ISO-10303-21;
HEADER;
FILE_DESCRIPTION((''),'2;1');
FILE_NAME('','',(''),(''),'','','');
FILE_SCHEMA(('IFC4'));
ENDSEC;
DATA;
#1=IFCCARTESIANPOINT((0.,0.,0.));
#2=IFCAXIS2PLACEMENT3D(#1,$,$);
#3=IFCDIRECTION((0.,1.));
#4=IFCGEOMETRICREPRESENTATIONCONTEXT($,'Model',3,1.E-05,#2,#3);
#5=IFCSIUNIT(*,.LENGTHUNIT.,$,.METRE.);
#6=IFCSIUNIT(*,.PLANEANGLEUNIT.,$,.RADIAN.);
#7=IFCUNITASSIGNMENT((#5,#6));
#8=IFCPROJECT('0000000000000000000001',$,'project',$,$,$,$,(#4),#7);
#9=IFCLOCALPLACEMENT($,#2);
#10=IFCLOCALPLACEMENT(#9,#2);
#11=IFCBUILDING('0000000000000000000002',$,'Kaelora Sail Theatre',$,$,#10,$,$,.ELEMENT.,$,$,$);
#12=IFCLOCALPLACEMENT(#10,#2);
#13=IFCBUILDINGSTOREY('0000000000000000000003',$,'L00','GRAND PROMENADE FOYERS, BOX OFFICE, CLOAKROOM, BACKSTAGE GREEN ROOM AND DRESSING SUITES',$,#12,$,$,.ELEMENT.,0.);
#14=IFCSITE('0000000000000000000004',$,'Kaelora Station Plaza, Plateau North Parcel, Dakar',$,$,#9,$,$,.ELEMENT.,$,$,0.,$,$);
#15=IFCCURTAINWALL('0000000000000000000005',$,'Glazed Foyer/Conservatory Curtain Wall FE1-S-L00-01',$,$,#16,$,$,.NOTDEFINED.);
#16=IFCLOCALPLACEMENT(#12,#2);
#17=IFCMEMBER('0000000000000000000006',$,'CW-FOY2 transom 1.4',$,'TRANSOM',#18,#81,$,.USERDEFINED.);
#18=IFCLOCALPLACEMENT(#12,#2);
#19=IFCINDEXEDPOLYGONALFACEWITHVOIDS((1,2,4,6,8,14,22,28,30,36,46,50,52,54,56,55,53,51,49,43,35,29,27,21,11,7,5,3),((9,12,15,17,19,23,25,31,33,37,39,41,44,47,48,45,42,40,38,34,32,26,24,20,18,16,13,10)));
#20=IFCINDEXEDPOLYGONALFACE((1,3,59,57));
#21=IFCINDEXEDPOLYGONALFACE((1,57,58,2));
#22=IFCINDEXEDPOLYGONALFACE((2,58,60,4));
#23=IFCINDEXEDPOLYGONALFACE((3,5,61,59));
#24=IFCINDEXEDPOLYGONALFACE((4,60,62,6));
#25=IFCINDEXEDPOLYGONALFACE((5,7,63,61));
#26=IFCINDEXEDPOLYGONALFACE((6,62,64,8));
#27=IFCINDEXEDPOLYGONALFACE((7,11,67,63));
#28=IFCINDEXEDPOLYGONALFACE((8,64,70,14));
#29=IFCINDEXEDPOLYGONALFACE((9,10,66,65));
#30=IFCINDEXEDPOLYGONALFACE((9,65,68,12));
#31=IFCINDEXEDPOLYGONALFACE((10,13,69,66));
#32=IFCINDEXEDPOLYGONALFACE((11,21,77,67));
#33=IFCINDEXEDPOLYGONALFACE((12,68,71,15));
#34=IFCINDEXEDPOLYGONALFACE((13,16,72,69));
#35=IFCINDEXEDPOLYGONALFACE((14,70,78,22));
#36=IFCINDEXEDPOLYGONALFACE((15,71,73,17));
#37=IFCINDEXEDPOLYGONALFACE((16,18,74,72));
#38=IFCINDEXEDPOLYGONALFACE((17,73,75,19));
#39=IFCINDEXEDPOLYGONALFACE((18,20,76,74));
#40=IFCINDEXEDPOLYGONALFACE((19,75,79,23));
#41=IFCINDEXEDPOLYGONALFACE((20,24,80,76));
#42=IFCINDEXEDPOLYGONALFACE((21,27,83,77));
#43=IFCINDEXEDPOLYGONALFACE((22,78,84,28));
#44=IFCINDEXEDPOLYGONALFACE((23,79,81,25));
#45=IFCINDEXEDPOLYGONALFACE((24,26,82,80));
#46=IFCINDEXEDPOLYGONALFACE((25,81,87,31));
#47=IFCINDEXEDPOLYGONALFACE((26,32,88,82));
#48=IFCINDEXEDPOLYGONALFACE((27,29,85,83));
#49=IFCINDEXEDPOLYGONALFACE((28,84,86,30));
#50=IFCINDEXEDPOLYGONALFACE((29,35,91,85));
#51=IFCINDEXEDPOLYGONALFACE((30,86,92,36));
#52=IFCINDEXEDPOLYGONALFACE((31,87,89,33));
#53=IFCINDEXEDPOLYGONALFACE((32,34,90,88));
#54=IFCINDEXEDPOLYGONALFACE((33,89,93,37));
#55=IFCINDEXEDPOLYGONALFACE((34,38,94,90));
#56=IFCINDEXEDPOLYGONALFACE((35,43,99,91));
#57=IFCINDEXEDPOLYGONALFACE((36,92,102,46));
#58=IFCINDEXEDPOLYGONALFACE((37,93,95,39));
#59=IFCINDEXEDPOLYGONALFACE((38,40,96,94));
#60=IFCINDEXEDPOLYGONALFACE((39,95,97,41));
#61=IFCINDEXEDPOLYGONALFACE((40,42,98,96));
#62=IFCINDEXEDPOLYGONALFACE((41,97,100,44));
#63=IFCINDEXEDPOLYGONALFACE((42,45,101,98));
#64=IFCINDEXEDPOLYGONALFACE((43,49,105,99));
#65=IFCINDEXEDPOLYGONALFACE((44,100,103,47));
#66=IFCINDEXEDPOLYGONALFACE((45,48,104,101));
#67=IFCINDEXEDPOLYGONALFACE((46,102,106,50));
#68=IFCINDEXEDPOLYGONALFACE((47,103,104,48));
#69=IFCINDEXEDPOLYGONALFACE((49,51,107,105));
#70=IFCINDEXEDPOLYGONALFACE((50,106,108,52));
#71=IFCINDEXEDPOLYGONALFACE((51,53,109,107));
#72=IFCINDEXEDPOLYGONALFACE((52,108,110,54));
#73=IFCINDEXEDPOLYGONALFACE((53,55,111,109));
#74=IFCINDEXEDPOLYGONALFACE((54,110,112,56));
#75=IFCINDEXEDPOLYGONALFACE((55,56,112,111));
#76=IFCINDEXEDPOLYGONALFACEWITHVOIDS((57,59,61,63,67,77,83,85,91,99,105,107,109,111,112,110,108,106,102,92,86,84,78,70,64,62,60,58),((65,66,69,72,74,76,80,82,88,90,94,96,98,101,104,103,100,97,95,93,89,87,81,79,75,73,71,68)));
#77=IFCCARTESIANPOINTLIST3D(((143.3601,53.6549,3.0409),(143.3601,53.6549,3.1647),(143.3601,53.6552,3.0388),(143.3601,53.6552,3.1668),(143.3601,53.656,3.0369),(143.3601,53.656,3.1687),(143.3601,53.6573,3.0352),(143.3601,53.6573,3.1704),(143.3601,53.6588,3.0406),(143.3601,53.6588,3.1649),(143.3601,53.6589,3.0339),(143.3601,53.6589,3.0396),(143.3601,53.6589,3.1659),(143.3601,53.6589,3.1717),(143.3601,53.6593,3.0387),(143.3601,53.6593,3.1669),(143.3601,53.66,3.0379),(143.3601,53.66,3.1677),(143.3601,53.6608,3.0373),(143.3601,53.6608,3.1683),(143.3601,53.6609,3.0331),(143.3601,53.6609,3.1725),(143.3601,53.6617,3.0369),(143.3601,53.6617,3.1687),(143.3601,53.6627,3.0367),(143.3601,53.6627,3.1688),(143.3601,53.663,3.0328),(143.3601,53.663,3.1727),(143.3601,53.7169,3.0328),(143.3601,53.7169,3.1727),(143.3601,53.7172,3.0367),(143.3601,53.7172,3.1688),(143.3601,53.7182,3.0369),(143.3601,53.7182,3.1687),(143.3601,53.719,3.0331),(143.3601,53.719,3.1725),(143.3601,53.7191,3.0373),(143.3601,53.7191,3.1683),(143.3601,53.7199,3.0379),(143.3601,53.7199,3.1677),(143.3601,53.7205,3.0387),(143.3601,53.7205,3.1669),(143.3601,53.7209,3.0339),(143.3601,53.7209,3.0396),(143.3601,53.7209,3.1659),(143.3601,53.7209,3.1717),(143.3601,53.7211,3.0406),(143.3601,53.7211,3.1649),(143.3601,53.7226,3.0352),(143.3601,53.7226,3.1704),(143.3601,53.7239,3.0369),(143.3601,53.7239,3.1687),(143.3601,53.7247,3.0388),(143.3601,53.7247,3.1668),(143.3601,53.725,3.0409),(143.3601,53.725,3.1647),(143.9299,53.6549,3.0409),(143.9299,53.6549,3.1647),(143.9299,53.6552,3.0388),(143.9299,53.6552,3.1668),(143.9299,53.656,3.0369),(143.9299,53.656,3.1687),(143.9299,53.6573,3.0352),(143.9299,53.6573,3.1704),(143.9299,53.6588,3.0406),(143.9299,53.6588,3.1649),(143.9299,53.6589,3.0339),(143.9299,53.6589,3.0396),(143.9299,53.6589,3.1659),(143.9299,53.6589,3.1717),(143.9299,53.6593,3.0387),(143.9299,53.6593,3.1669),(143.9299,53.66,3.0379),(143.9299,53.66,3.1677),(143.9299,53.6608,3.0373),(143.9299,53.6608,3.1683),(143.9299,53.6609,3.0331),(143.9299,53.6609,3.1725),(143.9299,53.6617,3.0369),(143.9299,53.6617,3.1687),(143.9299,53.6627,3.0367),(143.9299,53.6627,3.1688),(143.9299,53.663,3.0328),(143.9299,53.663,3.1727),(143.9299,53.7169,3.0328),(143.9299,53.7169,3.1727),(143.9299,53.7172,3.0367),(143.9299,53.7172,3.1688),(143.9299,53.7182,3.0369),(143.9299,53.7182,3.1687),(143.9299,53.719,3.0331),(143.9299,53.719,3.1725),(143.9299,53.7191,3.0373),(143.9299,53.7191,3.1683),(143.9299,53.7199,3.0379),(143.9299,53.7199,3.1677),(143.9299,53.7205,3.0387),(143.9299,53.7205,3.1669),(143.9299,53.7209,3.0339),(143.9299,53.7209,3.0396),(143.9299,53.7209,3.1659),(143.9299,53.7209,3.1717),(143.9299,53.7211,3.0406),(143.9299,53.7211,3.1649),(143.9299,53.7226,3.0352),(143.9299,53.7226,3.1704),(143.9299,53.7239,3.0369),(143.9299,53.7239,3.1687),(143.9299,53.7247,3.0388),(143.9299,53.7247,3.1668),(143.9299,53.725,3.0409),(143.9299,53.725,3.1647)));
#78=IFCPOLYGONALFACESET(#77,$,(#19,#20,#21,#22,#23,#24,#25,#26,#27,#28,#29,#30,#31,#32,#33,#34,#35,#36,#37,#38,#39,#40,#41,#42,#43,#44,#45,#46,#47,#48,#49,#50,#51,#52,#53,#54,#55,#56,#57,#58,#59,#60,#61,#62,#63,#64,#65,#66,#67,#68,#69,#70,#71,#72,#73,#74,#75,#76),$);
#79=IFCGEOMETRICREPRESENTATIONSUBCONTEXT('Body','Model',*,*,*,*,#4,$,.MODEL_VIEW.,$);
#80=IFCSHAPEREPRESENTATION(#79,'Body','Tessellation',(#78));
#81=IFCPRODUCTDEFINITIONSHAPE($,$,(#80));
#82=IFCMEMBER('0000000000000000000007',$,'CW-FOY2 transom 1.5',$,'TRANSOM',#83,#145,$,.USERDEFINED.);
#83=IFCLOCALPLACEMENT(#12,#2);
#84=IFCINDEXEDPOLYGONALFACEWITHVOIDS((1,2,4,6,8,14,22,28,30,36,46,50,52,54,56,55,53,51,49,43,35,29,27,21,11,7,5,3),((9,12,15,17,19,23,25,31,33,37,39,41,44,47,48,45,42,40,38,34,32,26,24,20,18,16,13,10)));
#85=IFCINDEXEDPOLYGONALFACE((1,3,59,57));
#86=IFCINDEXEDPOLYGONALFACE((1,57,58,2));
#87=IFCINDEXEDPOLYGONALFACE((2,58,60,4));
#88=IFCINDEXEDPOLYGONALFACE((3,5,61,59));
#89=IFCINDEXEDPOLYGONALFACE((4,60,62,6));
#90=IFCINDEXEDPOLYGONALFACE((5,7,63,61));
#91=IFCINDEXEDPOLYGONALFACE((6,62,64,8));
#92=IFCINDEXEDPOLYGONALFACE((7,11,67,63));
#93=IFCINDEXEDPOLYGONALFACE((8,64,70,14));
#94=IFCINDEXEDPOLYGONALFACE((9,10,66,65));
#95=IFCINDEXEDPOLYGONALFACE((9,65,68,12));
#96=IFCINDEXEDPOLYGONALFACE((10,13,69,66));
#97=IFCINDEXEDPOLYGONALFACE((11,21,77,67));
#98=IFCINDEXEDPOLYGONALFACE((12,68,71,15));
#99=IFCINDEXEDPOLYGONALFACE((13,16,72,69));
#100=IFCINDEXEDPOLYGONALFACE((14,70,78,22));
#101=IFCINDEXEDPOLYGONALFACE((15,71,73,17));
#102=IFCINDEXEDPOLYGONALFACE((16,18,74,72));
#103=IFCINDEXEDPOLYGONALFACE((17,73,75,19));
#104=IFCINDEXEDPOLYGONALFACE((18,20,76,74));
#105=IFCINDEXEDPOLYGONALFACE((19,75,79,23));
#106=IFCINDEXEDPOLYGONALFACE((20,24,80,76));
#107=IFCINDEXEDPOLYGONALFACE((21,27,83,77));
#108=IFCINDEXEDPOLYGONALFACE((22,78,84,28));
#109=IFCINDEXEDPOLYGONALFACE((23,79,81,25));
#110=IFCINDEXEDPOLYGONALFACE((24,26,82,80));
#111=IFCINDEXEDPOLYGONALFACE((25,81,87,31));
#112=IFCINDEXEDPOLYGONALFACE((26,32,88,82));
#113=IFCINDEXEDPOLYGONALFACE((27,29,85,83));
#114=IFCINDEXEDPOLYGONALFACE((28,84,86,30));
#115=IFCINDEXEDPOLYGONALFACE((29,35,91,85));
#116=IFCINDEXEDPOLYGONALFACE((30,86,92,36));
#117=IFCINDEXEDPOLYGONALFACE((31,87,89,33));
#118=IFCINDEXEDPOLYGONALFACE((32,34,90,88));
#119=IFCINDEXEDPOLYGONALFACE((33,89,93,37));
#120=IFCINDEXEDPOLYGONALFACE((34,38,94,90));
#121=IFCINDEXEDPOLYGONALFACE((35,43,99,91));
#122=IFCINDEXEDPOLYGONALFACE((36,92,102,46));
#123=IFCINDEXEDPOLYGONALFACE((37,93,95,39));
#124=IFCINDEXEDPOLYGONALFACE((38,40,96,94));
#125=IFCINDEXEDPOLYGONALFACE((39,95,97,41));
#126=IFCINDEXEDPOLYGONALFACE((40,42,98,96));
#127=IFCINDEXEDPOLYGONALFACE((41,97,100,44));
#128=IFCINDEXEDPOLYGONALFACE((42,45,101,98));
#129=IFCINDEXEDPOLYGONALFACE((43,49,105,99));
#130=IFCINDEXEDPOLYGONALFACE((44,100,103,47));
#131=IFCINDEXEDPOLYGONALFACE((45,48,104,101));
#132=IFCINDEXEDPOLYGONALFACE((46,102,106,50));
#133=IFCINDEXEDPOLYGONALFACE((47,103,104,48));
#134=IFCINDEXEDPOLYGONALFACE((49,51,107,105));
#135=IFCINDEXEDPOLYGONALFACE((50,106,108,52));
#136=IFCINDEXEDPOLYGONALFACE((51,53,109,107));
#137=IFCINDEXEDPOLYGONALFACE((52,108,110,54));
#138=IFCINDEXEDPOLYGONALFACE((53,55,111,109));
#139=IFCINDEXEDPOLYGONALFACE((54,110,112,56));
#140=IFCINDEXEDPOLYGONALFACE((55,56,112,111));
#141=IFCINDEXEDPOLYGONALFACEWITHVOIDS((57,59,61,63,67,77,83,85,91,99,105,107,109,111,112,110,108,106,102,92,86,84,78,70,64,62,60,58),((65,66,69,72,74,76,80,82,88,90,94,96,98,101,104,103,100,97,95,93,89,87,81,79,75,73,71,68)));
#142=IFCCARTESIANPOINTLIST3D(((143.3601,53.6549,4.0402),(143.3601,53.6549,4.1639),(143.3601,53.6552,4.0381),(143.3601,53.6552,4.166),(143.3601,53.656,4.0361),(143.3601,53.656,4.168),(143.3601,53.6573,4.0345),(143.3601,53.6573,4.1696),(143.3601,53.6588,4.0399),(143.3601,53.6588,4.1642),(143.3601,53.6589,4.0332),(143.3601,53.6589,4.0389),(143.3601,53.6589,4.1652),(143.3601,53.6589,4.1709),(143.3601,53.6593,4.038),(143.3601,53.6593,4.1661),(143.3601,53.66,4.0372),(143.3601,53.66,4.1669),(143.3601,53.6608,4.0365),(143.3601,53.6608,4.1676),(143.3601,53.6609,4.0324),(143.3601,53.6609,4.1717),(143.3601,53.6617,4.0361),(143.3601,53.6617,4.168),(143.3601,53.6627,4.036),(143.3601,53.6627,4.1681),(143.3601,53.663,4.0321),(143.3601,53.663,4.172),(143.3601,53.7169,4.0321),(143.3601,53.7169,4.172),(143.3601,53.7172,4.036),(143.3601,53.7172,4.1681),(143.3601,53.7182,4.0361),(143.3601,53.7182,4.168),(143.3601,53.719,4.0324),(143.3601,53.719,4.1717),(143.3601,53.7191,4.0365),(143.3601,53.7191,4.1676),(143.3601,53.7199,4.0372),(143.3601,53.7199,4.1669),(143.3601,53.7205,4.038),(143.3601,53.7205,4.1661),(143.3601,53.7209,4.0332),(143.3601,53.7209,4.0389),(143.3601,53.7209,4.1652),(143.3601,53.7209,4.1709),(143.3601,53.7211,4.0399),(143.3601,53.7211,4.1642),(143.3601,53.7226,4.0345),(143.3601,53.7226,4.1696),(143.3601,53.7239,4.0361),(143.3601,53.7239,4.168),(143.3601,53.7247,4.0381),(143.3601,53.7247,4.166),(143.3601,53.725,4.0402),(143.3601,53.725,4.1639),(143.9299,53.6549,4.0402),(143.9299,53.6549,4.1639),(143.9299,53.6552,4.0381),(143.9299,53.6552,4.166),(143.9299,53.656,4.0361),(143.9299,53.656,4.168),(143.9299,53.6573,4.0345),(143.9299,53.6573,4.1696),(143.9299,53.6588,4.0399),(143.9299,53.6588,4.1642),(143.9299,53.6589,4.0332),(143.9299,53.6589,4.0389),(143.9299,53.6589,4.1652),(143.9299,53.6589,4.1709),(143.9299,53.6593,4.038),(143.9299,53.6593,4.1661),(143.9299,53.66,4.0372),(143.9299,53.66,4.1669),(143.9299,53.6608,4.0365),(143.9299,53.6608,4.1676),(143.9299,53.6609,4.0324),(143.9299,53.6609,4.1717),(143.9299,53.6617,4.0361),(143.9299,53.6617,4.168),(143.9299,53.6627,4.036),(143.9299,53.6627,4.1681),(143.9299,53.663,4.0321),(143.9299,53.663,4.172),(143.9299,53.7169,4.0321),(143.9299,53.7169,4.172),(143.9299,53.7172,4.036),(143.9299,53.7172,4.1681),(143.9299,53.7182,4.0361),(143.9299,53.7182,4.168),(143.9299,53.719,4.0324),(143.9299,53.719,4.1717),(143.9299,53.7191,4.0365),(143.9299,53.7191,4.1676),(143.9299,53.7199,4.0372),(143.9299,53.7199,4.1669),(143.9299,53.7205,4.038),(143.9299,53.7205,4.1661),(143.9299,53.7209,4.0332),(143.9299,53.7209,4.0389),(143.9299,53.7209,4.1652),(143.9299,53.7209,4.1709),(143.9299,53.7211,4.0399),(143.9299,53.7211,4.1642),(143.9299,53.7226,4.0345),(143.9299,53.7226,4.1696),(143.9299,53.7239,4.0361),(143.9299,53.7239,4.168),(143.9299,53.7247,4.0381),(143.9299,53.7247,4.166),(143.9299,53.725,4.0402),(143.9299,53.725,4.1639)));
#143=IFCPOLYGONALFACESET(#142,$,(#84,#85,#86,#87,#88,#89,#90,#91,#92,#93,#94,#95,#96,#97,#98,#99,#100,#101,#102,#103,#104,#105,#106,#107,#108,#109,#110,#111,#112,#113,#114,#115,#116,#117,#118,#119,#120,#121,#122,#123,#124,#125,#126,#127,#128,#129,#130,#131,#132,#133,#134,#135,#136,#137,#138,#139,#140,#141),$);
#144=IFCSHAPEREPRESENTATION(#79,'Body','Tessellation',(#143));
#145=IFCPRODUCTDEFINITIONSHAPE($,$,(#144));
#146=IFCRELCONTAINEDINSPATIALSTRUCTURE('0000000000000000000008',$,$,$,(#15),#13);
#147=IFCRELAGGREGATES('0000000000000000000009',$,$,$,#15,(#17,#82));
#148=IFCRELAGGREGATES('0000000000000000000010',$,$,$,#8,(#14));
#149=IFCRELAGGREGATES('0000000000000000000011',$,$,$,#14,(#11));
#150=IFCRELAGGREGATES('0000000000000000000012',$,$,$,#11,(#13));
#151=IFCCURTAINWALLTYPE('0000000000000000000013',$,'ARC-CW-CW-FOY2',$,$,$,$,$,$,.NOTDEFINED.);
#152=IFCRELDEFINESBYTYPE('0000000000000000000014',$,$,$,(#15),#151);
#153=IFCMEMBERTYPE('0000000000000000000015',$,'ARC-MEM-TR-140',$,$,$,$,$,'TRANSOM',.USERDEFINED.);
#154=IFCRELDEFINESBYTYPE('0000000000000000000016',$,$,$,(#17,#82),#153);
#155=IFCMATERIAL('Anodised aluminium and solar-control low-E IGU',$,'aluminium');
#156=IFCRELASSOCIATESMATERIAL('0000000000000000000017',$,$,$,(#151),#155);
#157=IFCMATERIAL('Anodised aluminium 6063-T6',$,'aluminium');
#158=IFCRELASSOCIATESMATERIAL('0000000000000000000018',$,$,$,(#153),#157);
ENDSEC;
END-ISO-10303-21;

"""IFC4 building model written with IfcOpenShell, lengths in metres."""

from ifc_helpers import new_model, si_unit, direction, frame, origin, origin_2d, place, context, subcontext, project, spatial, hollow_rectangle, extrude, material, material_profile, profile_set, type_object, element, aggregate, save


model = new_model("IFC4")

# Units and contexts
model_context = context("Model", 3, precision=1e-05, world=origin(), true_north=direction((0.0, 1.0)))
body_context = subcontext(model_context, "Body", "Model", "MODEL_VIEW")
ifc_project = project(units=[si_unit("LENGTHUNIT", "METRE"), si_unit("PLANEANGLEUNIT", "RADIAN")], contexts=[model_context])

# Site, building, storey
site_placement = place(None, origin())
site = spatial("IfcSite", under=ifc_project, at=site_placement, Name="Kaelora Station Plaza, Plateau North Parcel, Dakar", CompositionType="ELEMENT", RefElevation=0.0)
building_placement = place(site_placement, origin())
building = spatial("IfcBuilding", under=site, at=building_placement, Name="Kaelora Sail Theatre", CompositionType="ELEMENT")
storey_placement = place(building_placement, origin())
storey = spatial("IfcBuildingStorey", under=building, at=storey_placement, Name="L00", Description="GRAND PROMENADE FOYERS, BOX OFFICE, CLOAKROOM, BACKSTAGE GREEN ROOM AND DRESSING SUITES", CompositionType="ELEMENT", Elevation=0.0)

# Curtain wall, members
ifc_material_1 = material(Name="Anodised aluminium and solar-control low-E IGU", Category="aluminium")
curtain_wall_type = type_object("IfcCurtainWallType", Name="ARC-CW-CW-FOY2", PredefinedType="NOTDEFINED", material=ifc_material_1)
curtain_wall_placement = place(storey_placement, origin())
curtain_wall = element("IfcCurtainWall", 1, at=curtain_wall_placement, inside=storey, type_object=curtain_wall_type, Name="Glazed Foyer/Conservatory Curtain Wall FE1-S-L00-01", PredefinedType="NOTDEFINED")
ifc_material_2 = material(Name="Anodised aluminium 6063-T6", Category="aluminium")
ifc_material_profile_1 = material_profile(ifc_material_2, hollow_rectangle(XDim=0.0701, YDim=0.1399, WallThickness=0.0039, InnerFilletRadius=0.0039, OuterFilletRadius=0.0081, at=origin_2d()), Name="ALU-TRAN 70x140x4")
ifc_profile_set_1 = profile_set([ifc_material_profile_1], Name="Anodised aluminium 6063-T6")
member_type_1 = type_object("IfcMemberType", Name="ARC-MEM-TR-140", ElementType="TRANSOM", PredefinedType="USERDEFINED", material=ifc_profile_set_1)
member_1_placement = place(storey_placement, frame((143.3601, 53.6899, 3.1028), z_axis=(1.0, 0.0, 0.0), x_axis=(0.0, 1.0, 0.0)))
member_1 = element("IfcMember", 2, at=member_1_placement, type_object=member_type_1, Name="CW-FOY2 transom 1.4", ObjectType="TRANSOM", PredefinedType="USERDEFINED", context=body_context, shape_type="SweptSolid", body=[
    extrude(hollow_rectangle(XDim=0.0701, YDim=0.1399, WallThickness=0.0039, InnerFilletRadius=0.0039, OuterFilletRadius=0.0081, at=origin_2d()), origin(), (0.0, 0.0, 1.0), 0.5698),
])
member_2_placement = place(storey_placement, frame((143.3601, 53.6899, 4.1021), z_axis=(1.0, 0.0, 0.0), x_axis=(0.0, 1.0, 0.0)))
member_2 = element("IfcMember", 3, at=member_2_placement, type_object=member_type_1, Name="CW-FOY2 transom 1.5", ObjectType="TRANSOM", PredefinedType="USERDEFINED", context=body_context, shape_type="SweptSolid", body=[
    extrude(hollow_rectangle(XDim=0.0701, YDim=0.1399, WallThickness=0.0039, InnerFilletRadius=0.0039, OuterFilletRadius=0.0081, at=origin_2d()), origin(), (0.0, 0.0, 1.0), 0.5698),
])

aggregate(curtain_wall, [member_1, member_2])

save(model, "model.ifc")
